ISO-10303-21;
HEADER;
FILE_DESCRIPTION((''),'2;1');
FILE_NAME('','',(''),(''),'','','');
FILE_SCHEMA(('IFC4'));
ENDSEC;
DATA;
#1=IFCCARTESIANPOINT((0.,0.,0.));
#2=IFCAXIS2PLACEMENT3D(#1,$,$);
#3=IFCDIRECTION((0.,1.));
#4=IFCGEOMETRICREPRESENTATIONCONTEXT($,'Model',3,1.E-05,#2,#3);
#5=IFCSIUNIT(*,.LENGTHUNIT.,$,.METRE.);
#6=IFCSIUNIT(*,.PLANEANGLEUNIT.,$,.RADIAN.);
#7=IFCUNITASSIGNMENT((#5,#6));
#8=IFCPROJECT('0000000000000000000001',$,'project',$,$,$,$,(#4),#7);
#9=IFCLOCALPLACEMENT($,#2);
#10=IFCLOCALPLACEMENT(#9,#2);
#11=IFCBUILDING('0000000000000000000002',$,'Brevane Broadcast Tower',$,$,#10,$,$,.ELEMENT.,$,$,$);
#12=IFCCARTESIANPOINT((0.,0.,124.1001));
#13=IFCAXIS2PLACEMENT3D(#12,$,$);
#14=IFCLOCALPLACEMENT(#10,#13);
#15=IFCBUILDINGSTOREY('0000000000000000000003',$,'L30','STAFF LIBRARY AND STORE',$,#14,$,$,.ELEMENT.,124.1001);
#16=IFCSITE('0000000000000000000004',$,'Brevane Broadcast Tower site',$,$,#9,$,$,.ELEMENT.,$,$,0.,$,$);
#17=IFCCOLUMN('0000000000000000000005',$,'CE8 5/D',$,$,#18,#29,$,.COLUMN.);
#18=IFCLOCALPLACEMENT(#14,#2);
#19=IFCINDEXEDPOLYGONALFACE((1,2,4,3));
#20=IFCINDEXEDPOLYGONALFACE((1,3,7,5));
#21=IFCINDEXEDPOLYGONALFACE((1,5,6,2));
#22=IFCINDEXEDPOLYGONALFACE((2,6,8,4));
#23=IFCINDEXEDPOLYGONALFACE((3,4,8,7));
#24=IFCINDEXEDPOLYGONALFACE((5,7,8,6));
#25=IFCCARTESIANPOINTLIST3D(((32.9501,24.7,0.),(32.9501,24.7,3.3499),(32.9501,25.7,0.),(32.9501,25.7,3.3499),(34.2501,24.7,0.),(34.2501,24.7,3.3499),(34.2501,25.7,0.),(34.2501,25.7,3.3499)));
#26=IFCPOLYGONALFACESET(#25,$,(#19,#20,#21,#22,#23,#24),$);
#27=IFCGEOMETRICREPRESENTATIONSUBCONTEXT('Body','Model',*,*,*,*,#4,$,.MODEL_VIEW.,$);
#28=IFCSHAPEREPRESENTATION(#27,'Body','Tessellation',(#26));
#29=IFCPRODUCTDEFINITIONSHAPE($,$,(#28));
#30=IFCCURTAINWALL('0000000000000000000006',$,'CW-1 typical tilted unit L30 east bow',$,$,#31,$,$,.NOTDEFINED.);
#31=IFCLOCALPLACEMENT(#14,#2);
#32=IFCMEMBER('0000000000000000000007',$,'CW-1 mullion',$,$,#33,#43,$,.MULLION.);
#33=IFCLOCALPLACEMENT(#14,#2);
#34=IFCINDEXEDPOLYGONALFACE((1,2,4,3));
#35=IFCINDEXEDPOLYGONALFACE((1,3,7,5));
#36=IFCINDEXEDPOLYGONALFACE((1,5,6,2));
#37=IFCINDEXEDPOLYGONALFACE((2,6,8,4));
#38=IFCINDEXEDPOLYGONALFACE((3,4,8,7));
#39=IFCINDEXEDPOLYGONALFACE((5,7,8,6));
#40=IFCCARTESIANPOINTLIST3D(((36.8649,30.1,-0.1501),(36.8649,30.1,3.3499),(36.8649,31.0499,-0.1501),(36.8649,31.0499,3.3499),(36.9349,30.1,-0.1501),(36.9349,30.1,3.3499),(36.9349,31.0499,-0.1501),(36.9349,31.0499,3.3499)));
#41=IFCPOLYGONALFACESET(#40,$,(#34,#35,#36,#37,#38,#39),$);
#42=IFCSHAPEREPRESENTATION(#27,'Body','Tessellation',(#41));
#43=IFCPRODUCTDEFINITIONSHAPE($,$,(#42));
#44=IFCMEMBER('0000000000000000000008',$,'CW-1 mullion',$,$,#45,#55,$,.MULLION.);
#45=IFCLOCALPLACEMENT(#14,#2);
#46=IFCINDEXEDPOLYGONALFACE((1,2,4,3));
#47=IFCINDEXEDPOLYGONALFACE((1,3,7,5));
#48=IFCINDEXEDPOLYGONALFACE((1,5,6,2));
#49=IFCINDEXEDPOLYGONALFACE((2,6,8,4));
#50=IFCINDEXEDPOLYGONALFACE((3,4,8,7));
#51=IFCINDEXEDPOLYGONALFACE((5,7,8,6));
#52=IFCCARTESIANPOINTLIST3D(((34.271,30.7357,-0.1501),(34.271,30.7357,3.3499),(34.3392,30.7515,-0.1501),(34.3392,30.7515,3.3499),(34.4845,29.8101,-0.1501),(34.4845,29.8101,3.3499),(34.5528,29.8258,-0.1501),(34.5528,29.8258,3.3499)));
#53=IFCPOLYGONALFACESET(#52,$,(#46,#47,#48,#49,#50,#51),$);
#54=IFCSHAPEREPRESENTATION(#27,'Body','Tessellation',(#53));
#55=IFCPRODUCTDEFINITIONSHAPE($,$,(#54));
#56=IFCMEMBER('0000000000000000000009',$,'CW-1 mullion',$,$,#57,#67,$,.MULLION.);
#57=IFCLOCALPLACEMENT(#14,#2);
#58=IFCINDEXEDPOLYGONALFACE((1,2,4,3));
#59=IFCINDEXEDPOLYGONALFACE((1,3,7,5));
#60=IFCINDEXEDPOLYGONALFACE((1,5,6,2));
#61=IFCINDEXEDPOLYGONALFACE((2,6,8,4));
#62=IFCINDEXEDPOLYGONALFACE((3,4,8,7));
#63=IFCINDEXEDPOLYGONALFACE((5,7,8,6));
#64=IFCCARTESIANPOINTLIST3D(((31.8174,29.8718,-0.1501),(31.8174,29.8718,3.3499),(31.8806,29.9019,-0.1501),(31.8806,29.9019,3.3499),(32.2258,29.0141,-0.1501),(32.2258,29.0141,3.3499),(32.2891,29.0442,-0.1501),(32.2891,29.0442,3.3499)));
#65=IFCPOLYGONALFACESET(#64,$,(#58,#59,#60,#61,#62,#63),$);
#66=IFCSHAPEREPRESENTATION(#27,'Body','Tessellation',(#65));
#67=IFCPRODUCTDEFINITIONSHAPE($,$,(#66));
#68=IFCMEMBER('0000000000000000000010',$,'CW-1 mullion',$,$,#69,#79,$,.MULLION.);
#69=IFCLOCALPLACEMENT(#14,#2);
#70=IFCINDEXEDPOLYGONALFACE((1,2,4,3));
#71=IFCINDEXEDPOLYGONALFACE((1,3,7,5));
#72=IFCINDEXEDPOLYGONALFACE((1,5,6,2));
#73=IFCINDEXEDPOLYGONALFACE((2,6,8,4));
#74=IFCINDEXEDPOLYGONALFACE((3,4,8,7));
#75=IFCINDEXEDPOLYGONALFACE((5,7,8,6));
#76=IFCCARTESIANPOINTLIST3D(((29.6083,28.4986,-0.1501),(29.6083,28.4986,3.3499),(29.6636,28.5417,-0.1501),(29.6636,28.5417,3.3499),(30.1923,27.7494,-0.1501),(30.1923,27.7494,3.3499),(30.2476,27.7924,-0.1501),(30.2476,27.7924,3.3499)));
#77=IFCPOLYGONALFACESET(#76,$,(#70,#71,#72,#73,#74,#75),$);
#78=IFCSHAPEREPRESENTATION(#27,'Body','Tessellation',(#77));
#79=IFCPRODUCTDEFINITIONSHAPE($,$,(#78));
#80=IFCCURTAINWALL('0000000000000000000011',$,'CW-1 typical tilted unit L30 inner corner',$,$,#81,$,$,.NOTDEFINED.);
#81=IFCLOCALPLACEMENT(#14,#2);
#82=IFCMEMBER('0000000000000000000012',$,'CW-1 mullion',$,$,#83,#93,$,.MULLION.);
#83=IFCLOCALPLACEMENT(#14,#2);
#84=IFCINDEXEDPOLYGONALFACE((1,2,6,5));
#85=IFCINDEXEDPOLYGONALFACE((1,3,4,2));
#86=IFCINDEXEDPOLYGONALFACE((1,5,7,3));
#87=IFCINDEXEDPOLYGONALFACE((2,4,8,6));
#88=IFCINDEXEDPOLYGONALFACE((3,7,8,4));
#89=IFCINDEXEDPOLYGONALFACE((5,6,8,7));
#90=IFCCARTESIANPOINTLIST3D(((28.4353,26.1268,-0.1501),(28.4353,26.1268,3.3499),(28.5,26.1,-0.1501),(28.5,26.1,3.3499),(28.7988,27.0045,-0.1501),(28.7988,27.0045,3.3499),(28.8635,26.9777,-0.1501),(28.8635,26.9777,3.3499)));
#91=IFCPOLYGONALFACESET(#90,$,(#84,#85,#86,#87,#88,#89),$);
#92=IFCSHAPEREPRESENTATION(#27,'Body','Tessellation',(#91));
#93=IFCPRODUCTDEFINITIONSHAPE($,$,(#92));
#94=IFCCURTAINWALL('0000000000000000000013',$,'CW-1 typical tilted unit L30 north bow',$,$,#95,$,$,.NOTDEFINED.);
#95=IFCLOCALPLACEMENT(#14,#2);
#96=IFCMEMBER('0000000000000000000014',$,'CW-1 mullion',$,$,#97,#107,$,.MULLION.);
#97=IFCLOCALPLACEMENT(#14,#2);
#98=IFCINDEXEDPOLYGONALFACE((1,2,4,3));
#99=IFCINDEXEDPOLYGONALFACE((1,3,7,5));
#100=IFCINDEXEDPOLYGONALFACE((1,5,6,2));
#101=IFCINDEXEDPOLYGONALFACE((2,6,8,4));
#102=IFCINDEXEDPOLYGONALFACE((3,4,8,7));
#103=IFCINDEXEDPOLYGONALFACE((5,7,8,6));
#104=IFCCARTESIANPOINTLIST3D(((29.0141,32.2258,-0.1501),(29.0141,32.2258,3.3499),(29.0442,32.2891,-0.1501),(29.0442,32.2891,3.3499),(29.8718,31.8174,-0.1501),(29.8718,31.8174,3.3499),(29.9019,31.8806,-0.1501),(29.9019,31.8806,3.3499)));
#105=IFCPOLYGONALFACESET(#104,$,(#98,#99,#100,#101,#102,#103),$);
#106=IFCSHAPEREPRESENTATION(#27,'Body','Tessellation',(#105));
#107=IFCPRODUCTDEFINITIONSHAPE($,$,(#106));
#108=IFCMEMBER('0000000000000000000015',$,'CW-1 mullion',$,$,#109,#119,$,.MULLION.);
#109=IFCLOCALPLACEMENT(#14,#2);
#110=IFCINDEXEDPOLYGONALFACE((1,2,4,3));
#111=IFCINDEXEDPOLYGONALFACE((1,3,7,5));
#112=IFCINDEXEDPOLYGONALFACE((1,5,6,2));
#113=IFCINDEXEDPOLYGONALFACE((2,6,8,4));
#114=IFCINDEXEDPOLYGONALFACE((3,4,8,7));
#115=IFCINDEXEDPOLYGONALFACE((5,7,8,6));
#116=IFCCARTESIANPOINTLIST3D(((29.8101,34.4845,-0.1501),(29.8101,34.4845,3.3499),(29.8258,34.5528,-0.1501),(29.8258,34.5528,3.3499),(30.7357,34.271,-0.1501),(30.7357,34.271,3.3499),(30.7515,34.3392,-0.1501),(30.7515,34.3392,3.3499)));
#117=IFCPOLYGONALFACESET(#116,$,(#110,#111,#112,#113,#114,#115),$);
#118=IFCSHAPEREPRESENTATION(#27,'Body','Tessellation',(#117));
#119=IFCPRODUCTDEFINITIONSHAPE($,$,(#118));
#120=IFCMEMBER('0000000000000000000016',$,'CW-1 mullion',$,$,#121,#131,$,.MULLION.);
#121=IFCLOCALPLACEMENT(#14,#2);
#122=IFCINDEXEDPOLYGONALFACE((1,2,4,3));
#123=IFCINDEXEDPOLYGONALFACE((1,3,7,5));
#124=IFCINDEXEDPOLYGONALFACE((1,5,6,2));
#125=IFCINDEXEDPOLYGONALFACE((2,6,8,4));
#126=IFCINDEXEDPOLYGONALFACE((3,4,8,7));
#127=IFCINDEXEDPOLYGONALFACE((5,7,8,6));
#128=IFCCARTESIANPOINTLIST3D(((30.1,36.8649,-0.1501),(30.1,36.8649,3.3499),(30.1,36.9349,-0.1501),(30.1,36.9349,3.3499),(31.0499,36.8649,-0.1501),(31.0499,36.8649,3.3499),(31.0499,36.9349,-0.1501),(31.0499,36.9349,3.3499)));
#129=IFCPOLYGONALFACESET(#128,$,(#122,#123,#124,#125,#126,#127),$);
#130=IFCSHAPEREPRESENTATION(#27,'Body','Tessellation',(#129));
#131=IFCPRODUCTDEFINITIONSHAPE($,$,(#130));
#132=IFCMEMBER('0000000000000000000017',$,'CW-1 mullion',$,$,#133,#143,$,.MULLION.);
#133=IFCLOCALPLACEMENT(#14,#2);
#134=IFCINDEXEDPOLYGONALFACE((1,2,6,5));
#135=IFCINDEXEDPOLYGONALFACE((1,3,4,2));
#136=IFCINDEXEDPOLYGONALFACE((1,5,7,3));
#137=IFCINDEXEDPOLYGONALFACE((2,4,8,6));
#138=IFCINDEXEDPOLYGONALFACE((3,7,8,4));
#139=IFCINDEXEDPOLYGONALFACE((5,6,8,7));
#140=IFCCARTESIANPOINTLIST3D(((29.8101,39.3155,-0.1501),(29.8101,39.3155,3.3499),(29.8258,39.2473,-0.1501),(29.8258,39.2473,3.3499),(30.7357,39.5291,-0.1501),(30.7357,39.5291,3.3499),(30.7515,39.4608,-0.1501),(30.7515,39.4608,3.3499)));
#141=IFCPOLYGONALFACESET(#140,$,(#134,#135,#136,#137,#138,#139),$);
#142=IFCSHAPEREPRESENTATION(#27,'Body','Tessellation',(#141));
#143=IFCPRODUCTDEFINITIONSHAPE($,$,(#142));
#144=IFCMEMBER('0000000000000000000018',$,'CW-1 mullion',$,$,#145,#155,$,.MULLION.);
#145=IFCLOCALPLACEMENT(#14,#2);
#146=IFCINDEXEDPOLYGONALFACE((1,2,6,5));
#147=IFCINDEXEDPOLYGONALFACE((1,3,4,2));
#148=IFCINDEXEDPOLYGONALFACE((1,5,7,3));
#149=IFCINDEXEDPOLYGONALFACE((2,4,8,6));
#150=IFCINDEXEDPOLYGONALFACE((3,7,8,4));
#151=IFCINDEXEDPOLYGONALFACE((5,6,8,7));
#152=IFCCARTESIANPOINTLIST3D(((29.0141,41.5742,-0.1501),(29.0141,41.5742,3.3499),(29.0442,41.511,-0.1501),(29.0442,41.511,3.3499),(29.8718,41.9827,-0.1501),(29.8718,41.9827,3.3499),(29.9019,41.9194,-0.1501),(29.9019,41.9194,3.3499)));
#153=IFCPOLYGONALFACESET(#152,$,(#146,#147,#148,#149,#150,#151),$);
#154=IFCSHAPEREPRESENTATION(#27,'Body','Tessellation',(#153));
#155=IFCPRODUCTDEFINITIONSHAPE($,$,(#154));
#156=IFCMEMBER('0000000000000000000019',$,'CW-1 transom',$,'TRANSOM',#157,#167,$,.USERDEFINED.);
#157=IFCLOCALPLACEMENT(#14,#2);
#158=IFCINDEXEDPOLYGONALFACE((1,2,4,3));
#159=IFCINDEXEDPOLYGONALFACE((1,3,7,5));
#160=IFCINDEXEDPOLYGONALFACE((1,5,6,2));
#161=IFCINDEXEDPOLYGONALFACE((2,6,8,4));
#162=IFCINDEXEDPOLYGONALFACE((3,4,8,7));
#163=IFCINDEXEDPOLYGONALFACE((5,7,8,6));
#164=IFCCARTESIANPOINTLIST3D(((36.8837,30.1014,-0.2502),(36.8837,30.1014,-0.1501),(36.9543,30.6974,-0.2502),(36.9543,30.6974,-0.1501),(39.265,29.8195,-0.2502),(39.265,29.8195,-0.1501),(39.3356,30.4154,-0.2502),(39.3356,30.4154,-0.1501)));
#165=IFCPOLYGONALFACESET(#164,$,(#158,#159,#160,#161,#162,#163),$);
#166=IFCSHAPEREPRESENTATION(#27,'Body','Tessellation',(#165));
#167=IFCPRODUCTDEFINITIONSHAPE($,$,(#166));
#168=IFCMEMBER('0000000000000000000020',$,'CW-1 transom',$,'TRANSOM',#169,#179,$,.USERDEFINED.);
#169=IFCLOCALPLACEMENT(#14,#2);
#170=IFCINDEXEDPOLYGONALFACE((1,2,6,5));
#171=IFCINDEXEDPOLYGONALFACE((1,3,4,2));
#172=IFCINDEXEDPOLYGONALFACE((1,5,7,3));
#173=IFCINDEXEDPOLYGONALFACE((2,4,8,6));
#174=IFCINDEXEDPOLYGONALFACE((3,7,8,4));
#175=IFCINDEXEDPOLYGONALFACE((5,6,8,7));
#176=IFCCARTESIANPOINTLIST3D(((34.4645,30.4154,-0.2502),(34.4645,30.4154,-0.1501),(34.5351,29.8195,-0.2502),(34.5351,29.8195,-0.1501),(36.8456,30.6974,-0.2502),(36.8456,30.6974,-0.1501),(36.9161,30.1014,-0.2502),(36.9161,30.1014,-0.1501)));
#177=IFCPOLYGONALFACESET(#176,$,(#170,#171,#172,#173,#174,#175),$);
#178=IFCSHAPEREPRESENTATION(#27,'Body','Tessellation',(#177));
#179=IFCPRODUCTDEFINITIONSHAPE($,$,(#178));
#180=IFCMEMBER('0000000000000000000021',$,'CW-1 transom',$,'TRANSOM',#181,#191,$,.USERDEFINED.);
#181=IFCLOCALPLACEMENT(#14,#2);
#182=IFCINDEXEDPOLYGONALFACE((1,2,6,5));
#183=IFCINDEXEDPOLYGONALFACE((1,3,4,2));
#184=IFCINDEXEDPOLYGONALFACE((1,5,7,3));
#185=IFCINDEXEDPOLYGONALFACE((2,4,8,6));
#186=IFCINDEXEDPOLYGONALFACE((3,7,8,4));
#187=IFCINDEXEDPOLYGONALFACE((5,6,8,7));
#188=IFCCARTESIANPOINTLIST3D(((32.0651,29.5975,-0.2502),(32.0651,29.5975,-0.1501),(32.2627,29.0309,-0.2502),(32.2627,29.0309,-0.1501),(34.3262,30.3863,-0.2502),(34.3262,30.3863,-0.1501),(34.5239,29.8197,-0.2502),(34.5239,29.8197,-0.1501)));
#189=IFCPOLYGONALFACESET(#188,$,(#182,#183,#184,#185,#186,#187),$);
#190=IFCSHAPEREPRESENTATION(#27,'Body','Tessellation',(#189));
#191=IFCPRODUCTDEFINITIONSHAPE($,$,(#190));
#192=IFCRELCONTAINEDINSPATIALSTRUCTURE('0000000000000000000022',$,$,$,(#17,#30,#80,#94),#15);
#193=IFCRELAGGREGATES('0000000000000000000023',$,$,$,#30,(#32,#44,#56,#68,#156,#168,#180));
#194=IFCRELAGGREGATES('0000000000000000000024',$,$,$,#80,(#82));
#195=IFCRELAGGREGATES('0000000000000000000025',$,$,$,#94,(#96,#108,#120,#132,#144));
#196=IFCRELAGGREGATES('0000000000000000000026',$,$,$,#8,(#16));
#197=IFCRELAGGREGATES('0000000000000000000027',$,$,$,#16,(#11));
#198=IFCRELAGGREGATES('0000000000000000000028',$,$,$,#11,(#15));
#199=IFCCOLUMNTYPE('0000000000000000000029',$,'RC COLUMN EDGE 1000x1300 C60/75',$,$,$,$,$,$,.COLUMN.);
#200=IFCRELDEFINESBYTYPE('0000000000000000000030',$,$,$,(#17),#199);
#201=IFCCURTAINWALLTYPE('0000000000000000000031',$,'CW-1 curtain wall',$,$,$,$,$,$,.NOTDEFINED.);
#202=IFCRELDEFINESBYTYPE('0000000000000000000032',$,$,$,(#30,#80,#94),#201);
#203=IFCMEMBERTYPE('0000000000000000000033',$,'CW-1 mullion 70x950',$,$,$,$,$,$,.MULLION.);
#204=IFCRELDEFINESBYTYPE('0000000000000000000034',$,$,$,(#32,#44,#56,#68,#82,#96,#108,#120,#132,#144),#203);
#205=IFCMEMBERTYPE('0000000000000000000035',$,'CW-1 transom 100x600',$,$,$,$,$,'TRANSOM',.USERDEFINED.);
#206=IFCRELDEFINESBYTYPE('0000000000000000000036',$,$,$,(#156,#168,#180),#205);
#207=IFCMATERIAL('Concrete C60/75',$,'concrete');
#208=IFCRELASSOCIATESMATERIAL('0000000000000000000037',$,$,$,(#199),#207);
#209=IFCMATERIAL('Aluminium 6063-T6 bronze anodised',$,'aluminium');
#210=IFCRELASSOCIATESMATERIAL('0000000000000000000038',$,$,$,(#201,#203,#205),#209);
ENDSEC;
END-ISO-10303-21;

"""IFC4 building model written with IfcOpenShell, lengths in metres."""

from ifc_helpers import new_model, si_unit, direction, frame, origin, origin_2d, place, context, subcontext, project, spatial, rectangle, extrude, material, material_profile, profile_set, type_object, element, aggregate, save


model = new_model("IFC4")

# Units and contexts
model_context = context("Model", 3, precision=1e-05, world=origin(), true_north=direction((0.0, 1.0)))
body_context = subcontext(model_context, "Body", "Model", "MODEL_VIEW")
ifc_project = project(units=[si_unit("LENGTHUNIT", "METRE"), si_unit("PLANEANGLEUNIT", "RADIAN")], contexts=[model_context])

# Site, building, storey
site_placement = place(None, origin())
site = spatial("IfcSite", under=ifc_project, at=site_placement, Name="Brevane Broadcast Tower site", CompositionType="ELEMENT", RefElevation=0.0)
building_placement = place(site_placement, origin())
building = spatial("IfcBuilding", under=site, at=building_placement, Name="Brevane Broadcast Tower", CompositionType="ELEMENT")
storey_placement = place(building_placement, frame((0.0, 0.0, 124.1001)))
storey = spatial("IfcBuildingStorey", under=building, at=storey_placement, Name="L30", Description="STAFF LIBRARY AND STORE", CompositionType="ELEMENT", Elevation=124.1001)

# Column
ifc_material_1 = material(Name="Concrete C60/75", Category="concrete")
ifc_material_profile_1 = material_profile(ifc_material_1, rectangle(XDim=1.0, YDim=1.3, at=origin_2d()), Name="RC 1000x1300")
ifc_profile_set_1 = profile_set([ifc_material_profile_1], Name="Concrete C60/75")
column_type = type_object("IfcColumnType", Name="RC COLUMN EDGE 1000x1300 C60/75", PredefinedType="COLUMN", material=ifc_profile_set_1)
column_placement = place(storey_placement, frame((33.6001, 25.2, 0.0), z_axis=(0.0, 0.0, 1.0), x_axis=(0.0, 1.0, 0.0)))
element("IfcColumn", 1, at=column_placement, inside=storey, type_object=column_type, Name="CE8 5/D", PredefinedType="COLUMN", context=body_context, shape_type="SweptSolid", body=[
    extrude(rectangle(XDim=1.0, YDim=1.3, at=origin_2d()), origin(), (0.0, 0.0, 1.0), 3.3499),
])

# Curtain wall, members
ifc_material_2 = material(Name="Aluminium 6063-T6 bronze anodised", Category="aluminium")
curtain_wall_type = type_object("IfcCurtainWallType", Name="CW-1 curtain wall", PredefinedType="NOTDEFINED", material=ifc_material_2)
curtain_wall_1_placement = place(storey_placement, origin())
curtain_wall_1 = element("IfcCurtainWall", 2, at=curtain_wall_1_placement, inside=storey, type_object=curtain_wall_type, Name="CW-1 typical tilted unit L30 east bow", PredefinedType="NOTDEFINED")
ifc_material_profile_2 = material_profile(ifc_material_2, rectangle(XDim=0.95, YDim=0.0701, at=origin_2d()), Name="RECT 70x950")
ifc_profile_set_2 = profile_set([ifc_material_profile_2], Name="Aluminium 6063-T6 bronze anodised")
member_type_1 = type_object("IfcMemberType", Name="CW-1 mullion 70x950", PredefinedType="MULLION", material=ifc_profile_set_2)
member_1_placement = place(storey_placement, frame((36.8999, 30.575, -0.1501), z_axis=(0.0, 0.0, 1.0), x_axis=(0.0, -1.0, 0.0)))
member_1 = element("IfcMember", 3, at=member_1_placement, type_object=member_type_1, Name="CW-1 mullion", PredefinedType="MULLION", context=body_context, shape_type="SweptSolid", body=[
    extrude(rectangle(XDim=0.95, YDim=0.0701, at=origin_2d()), origin(), (0.0, 0.0, 1.0), 3.5),
])
member_2_placement = place(storey_placement, frame((34.4119, 30.2808, -0.1501), z_axis=(0.0, 0.0, 1.0), x_axis=(0.224806, -0.974403, 0.0)))
member_2 = element("IfcMember", 4, at=member_2_placement, type_object=member_type_1, Name="CW-1 mullion", PredefinedType="MULLION", context=body_context, shape_type="SweptSolid", body=[
    extrude(rectangle(XDim=0.95, YDim=0.0701, at=origin_2d()), origin(), (0.0, 0.0, 1.0), 3.5),
])
member_3_placement = place(storey_placement, frame((32.0532, 29.458, -0.1501), z_axis=(0.0, 0.0, 1.0), x_axis=(0.429934, -0.902861, 0.0)))
member_3 = element("IfcMember", 5, at=member_3_placement, type_object=member_type_1, Name="CW-1 mullion", PredefinedType="MULLION", context=body_context, shape_type="SweptSolid", body=[
    extrude(rectangle(XDim=0.95, YDim=0.0701, at=origin_2d()), origin(), (0.0, 0.0, 1.0), 3.5),
])
member_4_placement = place(storey_placement, frame((29.928, 28.1455, -0.1501), z_axis=(0.0, 0.0, 1.0), x_axis=(0.61477, -0.788707, 0.0)))
member_4 = element("IfcMember", 6, at=member_4_placement, type_object=member_type_1, Name="CW-1 mullion", PredefinedType="MULLION", context=body_context, shape_type="SweptSolid", body=[
    extrude(rectangle(XDim=0.95, YDim=0.0701, at=origin_2d()), origin(), (0.0, 0.0, 1.0), 3.5),
])

# Curtain wall, member
curtain_wall_2_placement = place(storey_placement, origin())
curtain_wall_2 = element("IfcCurtainWall", 7, at=curtain_wall_2_placement, inside=storey, type_object=curtain_wall_type, Name="CW-1 typical tilted unit L30 inner corner", PredefinedType="NOTDEFINED")
member_5_placement = place(storey_placement, frame((28.6494, 26.5522, -0.1501), z_axis=(0.0, 0.0, 1.0), x_axis=(-0.382684, -0.923879, 0.0)))
member_5 = element("IfcMember", 8, at=member_5_placement, type_object=member_type_1, Name="CW-1 mullion", PredefinedType="MULLION", context=body_context, shape_type="SweptSolid", body=[
    extrude(rectangle(XDim=0.95, YDim=0.0701, at=origin_2d()), origin(), (0.0, 0.0, 1.0), 3.5),
])

# Curtain wall, members
curtain_wall_3_placement = place(storey_placement, origin())
curtain_wall_3 = element("IfcCurtainWall", 9, at=curtain_wall_3_placement, inside=storey, type_object=curtain_wall_type, Name="CW-1 typical tilted unit L30 north bow", PredefinedType="NOTDEFINED")
member_6_placement = place(storey_placement, frame((29.458, 32.0532, -0.1501), z_axis=(0.0, 0.0, 1.0), x_axis=(-0.902861, 0.429934, 0.0)))
member_6 = element("IfcMember", 10, at=member_6_placement, type_object=member_type_1, Name="CW-1 mullion", PredefinedType="MULLION", context=body_context, shape_type="SweptSolid", body=[
    extrude(rectangle(XDim=0.95, YDim=0.0701, at=origin_2d()), origin(), (0.0, 0.0, 1.0), 3.5),
])
member_7_placement = place(storey_placement, frame((30.2808, 34.4119, -0.1501), z_axis=(0.0, 0.0, 1.0), x_axis=(-0.974403, 0.224806, 0.0)))
member_7 = element("IfcMember", 11, at=member_7_placement, type_object=member_type_1, Name="CW-1 mullion", PredefinedType="MULLION", context=body_context, shape_type="SweptSolid", body=[
    extrude(rectangle(XDim=0.95, YDim=0.0701, at=origin_2d()), origin(), (0.0, 0.0, 1.0), 3.5),
])
member_8_placement = place(storey_placement, frame((30.575, 36.8999, -0.1501), z_axis=(0.0, 0.0, 1.0), x_axis=(-1.0, 0.0, 0.0)))
member_8 = element("IfcMember", 12, at=member_8_placement, type_object=member_type_1, Name="CW-1 mullion", PredefinedType="MULLION", context=body_context, shape_type="SweptSolid", body=[
    extrude(rectangle(XDim=0.95, YDim=0.0701, at=origin_2d()), origin(), (0.0, 0.0, 1.0), 3.5),
])
member_9_placement = place(storey_placement, frame((30.2808, 39.3882, -0.1501), z_axis=(0.0, 0.0, 1.0), x_axis=(-0.974403, -0.224806, 0.0)))
member_9 = element("IfcMember", 13, at=member_9_placement, type_object=member_type_1, Name="CW-1 mullion", PredefinedType="MULLION", context=body_context, shape_type="SweptSolid", body=[
    extrude(rectangle(XDim=0.95, YDim=0.0701, at=origin_2d()), origin(), (0.0, 0.0, 1.0), 3.5),
])
member_10_placement = place(storey_placement, frame((29.458, 41.7468, -0.1501), z_axis=(0.0, 0.0, 1.0), x_axis=(-0.902861, -0.429934, 0.0)))
member_10 = element("IfcMember", 14, at=member_10_placement, type_object=member_type_1, Name="CW-1 mullion", PredefinedType="MULLION", context=body_context, shape_type="SweptSolid", body=[
    extrude(rectangle(XDim=0.95, YDim=0.0701, at=origin_2d()), origin(), (0.0, 0.0, 1.0), 3.5),
])

# Members
ifc_material_profile_3 = material_profile(ifc_material_2, rectangle(XDim=0.6001, YDim=0.1001, at=origin_2d()), Name="RECT 100x600")
ifc_profile_set_3 = profile_set([ifc_material_profile_3], Name="Aluminium 6063-T6 bronze anodised")
member_type_2 = type_object("IfcMemberType", Name="CW-1 transom 100x600", ElementType="TRANSOM", PredefinedType="USERDEFINED", material=ifc_profile_set_3)
member_11_placement = place(storey_placement, frame((39.3003, 30.1174, -0.2002), z_axis=(-0.993062, 0.117591, 0.0), x_axis=(-0.117591, -0.993062, 0.0)))
member_11 = element("IfcMember", 15, at=member_11_placement, type_object=member_type_2, Name="CW-1 transom", ObjectType="TRANSOM", PredefinedType="USERDEFINED", context=body_context, shape_type="SweptSolid", body=[
    extrude(rectangle(XDim=0.6001, YDim=0.1001, at=origin_2d()), origin(), (0.0, 0.0, 1.0), 2.3979),
])
member_12_placement = place(storey_placement, frame((36.8809, 30.3994, -0.2002), z_axis=(-0.993061, -0.117603, 0.0), x_axis=(0.117603, -0.993061, 0.0)))
member_12 = element("IfcMember", 16, at=member_12_placement, type_object=member_type_2, Name="CW-1 transom", ObjectType="TRANSOM", PredefinedType="USERDEFINED", context=body_context, shape_type="SweptSolid", body=[
    extrude(rectangle(XDim=0.6001, YDim=0.1001, at=origin_2d()), origin(), (0.0, 0.0, 1.0), 2.3977),
])
member_13_placement = place(storey_placement, frame((34.425, 30.103, -0.2002), z_axis=(-0.944198, -0.329378, 0.0), x_axis=(0.329378, -0.944198, 0.0)))
member_13 = element("IfcMember", 17, at=member_13_placement, type_object=member_type_2, Name="CW-1 transom", ObjectType="TRANSOM", PredefinedType="USERDEFINED", context=body_context, shape_type="SweptSolid", body=[
    extrude(rectangle(XDim=0.6001, YDim=0.1001, at=origin_2d()), origin(), (0.0, 0.0, 1.0), 2.3948),
])
aggregate(curtain_wall_1, [member_1, member_2, member_3, member_4, member_11, member_12, member_13])
aggregate(curtain_wall_2, [member_5])
aggregate(curtain_wall_3, [member_6, member_7, member_8, member_9, member_10])

save(model, "model.ifc")
